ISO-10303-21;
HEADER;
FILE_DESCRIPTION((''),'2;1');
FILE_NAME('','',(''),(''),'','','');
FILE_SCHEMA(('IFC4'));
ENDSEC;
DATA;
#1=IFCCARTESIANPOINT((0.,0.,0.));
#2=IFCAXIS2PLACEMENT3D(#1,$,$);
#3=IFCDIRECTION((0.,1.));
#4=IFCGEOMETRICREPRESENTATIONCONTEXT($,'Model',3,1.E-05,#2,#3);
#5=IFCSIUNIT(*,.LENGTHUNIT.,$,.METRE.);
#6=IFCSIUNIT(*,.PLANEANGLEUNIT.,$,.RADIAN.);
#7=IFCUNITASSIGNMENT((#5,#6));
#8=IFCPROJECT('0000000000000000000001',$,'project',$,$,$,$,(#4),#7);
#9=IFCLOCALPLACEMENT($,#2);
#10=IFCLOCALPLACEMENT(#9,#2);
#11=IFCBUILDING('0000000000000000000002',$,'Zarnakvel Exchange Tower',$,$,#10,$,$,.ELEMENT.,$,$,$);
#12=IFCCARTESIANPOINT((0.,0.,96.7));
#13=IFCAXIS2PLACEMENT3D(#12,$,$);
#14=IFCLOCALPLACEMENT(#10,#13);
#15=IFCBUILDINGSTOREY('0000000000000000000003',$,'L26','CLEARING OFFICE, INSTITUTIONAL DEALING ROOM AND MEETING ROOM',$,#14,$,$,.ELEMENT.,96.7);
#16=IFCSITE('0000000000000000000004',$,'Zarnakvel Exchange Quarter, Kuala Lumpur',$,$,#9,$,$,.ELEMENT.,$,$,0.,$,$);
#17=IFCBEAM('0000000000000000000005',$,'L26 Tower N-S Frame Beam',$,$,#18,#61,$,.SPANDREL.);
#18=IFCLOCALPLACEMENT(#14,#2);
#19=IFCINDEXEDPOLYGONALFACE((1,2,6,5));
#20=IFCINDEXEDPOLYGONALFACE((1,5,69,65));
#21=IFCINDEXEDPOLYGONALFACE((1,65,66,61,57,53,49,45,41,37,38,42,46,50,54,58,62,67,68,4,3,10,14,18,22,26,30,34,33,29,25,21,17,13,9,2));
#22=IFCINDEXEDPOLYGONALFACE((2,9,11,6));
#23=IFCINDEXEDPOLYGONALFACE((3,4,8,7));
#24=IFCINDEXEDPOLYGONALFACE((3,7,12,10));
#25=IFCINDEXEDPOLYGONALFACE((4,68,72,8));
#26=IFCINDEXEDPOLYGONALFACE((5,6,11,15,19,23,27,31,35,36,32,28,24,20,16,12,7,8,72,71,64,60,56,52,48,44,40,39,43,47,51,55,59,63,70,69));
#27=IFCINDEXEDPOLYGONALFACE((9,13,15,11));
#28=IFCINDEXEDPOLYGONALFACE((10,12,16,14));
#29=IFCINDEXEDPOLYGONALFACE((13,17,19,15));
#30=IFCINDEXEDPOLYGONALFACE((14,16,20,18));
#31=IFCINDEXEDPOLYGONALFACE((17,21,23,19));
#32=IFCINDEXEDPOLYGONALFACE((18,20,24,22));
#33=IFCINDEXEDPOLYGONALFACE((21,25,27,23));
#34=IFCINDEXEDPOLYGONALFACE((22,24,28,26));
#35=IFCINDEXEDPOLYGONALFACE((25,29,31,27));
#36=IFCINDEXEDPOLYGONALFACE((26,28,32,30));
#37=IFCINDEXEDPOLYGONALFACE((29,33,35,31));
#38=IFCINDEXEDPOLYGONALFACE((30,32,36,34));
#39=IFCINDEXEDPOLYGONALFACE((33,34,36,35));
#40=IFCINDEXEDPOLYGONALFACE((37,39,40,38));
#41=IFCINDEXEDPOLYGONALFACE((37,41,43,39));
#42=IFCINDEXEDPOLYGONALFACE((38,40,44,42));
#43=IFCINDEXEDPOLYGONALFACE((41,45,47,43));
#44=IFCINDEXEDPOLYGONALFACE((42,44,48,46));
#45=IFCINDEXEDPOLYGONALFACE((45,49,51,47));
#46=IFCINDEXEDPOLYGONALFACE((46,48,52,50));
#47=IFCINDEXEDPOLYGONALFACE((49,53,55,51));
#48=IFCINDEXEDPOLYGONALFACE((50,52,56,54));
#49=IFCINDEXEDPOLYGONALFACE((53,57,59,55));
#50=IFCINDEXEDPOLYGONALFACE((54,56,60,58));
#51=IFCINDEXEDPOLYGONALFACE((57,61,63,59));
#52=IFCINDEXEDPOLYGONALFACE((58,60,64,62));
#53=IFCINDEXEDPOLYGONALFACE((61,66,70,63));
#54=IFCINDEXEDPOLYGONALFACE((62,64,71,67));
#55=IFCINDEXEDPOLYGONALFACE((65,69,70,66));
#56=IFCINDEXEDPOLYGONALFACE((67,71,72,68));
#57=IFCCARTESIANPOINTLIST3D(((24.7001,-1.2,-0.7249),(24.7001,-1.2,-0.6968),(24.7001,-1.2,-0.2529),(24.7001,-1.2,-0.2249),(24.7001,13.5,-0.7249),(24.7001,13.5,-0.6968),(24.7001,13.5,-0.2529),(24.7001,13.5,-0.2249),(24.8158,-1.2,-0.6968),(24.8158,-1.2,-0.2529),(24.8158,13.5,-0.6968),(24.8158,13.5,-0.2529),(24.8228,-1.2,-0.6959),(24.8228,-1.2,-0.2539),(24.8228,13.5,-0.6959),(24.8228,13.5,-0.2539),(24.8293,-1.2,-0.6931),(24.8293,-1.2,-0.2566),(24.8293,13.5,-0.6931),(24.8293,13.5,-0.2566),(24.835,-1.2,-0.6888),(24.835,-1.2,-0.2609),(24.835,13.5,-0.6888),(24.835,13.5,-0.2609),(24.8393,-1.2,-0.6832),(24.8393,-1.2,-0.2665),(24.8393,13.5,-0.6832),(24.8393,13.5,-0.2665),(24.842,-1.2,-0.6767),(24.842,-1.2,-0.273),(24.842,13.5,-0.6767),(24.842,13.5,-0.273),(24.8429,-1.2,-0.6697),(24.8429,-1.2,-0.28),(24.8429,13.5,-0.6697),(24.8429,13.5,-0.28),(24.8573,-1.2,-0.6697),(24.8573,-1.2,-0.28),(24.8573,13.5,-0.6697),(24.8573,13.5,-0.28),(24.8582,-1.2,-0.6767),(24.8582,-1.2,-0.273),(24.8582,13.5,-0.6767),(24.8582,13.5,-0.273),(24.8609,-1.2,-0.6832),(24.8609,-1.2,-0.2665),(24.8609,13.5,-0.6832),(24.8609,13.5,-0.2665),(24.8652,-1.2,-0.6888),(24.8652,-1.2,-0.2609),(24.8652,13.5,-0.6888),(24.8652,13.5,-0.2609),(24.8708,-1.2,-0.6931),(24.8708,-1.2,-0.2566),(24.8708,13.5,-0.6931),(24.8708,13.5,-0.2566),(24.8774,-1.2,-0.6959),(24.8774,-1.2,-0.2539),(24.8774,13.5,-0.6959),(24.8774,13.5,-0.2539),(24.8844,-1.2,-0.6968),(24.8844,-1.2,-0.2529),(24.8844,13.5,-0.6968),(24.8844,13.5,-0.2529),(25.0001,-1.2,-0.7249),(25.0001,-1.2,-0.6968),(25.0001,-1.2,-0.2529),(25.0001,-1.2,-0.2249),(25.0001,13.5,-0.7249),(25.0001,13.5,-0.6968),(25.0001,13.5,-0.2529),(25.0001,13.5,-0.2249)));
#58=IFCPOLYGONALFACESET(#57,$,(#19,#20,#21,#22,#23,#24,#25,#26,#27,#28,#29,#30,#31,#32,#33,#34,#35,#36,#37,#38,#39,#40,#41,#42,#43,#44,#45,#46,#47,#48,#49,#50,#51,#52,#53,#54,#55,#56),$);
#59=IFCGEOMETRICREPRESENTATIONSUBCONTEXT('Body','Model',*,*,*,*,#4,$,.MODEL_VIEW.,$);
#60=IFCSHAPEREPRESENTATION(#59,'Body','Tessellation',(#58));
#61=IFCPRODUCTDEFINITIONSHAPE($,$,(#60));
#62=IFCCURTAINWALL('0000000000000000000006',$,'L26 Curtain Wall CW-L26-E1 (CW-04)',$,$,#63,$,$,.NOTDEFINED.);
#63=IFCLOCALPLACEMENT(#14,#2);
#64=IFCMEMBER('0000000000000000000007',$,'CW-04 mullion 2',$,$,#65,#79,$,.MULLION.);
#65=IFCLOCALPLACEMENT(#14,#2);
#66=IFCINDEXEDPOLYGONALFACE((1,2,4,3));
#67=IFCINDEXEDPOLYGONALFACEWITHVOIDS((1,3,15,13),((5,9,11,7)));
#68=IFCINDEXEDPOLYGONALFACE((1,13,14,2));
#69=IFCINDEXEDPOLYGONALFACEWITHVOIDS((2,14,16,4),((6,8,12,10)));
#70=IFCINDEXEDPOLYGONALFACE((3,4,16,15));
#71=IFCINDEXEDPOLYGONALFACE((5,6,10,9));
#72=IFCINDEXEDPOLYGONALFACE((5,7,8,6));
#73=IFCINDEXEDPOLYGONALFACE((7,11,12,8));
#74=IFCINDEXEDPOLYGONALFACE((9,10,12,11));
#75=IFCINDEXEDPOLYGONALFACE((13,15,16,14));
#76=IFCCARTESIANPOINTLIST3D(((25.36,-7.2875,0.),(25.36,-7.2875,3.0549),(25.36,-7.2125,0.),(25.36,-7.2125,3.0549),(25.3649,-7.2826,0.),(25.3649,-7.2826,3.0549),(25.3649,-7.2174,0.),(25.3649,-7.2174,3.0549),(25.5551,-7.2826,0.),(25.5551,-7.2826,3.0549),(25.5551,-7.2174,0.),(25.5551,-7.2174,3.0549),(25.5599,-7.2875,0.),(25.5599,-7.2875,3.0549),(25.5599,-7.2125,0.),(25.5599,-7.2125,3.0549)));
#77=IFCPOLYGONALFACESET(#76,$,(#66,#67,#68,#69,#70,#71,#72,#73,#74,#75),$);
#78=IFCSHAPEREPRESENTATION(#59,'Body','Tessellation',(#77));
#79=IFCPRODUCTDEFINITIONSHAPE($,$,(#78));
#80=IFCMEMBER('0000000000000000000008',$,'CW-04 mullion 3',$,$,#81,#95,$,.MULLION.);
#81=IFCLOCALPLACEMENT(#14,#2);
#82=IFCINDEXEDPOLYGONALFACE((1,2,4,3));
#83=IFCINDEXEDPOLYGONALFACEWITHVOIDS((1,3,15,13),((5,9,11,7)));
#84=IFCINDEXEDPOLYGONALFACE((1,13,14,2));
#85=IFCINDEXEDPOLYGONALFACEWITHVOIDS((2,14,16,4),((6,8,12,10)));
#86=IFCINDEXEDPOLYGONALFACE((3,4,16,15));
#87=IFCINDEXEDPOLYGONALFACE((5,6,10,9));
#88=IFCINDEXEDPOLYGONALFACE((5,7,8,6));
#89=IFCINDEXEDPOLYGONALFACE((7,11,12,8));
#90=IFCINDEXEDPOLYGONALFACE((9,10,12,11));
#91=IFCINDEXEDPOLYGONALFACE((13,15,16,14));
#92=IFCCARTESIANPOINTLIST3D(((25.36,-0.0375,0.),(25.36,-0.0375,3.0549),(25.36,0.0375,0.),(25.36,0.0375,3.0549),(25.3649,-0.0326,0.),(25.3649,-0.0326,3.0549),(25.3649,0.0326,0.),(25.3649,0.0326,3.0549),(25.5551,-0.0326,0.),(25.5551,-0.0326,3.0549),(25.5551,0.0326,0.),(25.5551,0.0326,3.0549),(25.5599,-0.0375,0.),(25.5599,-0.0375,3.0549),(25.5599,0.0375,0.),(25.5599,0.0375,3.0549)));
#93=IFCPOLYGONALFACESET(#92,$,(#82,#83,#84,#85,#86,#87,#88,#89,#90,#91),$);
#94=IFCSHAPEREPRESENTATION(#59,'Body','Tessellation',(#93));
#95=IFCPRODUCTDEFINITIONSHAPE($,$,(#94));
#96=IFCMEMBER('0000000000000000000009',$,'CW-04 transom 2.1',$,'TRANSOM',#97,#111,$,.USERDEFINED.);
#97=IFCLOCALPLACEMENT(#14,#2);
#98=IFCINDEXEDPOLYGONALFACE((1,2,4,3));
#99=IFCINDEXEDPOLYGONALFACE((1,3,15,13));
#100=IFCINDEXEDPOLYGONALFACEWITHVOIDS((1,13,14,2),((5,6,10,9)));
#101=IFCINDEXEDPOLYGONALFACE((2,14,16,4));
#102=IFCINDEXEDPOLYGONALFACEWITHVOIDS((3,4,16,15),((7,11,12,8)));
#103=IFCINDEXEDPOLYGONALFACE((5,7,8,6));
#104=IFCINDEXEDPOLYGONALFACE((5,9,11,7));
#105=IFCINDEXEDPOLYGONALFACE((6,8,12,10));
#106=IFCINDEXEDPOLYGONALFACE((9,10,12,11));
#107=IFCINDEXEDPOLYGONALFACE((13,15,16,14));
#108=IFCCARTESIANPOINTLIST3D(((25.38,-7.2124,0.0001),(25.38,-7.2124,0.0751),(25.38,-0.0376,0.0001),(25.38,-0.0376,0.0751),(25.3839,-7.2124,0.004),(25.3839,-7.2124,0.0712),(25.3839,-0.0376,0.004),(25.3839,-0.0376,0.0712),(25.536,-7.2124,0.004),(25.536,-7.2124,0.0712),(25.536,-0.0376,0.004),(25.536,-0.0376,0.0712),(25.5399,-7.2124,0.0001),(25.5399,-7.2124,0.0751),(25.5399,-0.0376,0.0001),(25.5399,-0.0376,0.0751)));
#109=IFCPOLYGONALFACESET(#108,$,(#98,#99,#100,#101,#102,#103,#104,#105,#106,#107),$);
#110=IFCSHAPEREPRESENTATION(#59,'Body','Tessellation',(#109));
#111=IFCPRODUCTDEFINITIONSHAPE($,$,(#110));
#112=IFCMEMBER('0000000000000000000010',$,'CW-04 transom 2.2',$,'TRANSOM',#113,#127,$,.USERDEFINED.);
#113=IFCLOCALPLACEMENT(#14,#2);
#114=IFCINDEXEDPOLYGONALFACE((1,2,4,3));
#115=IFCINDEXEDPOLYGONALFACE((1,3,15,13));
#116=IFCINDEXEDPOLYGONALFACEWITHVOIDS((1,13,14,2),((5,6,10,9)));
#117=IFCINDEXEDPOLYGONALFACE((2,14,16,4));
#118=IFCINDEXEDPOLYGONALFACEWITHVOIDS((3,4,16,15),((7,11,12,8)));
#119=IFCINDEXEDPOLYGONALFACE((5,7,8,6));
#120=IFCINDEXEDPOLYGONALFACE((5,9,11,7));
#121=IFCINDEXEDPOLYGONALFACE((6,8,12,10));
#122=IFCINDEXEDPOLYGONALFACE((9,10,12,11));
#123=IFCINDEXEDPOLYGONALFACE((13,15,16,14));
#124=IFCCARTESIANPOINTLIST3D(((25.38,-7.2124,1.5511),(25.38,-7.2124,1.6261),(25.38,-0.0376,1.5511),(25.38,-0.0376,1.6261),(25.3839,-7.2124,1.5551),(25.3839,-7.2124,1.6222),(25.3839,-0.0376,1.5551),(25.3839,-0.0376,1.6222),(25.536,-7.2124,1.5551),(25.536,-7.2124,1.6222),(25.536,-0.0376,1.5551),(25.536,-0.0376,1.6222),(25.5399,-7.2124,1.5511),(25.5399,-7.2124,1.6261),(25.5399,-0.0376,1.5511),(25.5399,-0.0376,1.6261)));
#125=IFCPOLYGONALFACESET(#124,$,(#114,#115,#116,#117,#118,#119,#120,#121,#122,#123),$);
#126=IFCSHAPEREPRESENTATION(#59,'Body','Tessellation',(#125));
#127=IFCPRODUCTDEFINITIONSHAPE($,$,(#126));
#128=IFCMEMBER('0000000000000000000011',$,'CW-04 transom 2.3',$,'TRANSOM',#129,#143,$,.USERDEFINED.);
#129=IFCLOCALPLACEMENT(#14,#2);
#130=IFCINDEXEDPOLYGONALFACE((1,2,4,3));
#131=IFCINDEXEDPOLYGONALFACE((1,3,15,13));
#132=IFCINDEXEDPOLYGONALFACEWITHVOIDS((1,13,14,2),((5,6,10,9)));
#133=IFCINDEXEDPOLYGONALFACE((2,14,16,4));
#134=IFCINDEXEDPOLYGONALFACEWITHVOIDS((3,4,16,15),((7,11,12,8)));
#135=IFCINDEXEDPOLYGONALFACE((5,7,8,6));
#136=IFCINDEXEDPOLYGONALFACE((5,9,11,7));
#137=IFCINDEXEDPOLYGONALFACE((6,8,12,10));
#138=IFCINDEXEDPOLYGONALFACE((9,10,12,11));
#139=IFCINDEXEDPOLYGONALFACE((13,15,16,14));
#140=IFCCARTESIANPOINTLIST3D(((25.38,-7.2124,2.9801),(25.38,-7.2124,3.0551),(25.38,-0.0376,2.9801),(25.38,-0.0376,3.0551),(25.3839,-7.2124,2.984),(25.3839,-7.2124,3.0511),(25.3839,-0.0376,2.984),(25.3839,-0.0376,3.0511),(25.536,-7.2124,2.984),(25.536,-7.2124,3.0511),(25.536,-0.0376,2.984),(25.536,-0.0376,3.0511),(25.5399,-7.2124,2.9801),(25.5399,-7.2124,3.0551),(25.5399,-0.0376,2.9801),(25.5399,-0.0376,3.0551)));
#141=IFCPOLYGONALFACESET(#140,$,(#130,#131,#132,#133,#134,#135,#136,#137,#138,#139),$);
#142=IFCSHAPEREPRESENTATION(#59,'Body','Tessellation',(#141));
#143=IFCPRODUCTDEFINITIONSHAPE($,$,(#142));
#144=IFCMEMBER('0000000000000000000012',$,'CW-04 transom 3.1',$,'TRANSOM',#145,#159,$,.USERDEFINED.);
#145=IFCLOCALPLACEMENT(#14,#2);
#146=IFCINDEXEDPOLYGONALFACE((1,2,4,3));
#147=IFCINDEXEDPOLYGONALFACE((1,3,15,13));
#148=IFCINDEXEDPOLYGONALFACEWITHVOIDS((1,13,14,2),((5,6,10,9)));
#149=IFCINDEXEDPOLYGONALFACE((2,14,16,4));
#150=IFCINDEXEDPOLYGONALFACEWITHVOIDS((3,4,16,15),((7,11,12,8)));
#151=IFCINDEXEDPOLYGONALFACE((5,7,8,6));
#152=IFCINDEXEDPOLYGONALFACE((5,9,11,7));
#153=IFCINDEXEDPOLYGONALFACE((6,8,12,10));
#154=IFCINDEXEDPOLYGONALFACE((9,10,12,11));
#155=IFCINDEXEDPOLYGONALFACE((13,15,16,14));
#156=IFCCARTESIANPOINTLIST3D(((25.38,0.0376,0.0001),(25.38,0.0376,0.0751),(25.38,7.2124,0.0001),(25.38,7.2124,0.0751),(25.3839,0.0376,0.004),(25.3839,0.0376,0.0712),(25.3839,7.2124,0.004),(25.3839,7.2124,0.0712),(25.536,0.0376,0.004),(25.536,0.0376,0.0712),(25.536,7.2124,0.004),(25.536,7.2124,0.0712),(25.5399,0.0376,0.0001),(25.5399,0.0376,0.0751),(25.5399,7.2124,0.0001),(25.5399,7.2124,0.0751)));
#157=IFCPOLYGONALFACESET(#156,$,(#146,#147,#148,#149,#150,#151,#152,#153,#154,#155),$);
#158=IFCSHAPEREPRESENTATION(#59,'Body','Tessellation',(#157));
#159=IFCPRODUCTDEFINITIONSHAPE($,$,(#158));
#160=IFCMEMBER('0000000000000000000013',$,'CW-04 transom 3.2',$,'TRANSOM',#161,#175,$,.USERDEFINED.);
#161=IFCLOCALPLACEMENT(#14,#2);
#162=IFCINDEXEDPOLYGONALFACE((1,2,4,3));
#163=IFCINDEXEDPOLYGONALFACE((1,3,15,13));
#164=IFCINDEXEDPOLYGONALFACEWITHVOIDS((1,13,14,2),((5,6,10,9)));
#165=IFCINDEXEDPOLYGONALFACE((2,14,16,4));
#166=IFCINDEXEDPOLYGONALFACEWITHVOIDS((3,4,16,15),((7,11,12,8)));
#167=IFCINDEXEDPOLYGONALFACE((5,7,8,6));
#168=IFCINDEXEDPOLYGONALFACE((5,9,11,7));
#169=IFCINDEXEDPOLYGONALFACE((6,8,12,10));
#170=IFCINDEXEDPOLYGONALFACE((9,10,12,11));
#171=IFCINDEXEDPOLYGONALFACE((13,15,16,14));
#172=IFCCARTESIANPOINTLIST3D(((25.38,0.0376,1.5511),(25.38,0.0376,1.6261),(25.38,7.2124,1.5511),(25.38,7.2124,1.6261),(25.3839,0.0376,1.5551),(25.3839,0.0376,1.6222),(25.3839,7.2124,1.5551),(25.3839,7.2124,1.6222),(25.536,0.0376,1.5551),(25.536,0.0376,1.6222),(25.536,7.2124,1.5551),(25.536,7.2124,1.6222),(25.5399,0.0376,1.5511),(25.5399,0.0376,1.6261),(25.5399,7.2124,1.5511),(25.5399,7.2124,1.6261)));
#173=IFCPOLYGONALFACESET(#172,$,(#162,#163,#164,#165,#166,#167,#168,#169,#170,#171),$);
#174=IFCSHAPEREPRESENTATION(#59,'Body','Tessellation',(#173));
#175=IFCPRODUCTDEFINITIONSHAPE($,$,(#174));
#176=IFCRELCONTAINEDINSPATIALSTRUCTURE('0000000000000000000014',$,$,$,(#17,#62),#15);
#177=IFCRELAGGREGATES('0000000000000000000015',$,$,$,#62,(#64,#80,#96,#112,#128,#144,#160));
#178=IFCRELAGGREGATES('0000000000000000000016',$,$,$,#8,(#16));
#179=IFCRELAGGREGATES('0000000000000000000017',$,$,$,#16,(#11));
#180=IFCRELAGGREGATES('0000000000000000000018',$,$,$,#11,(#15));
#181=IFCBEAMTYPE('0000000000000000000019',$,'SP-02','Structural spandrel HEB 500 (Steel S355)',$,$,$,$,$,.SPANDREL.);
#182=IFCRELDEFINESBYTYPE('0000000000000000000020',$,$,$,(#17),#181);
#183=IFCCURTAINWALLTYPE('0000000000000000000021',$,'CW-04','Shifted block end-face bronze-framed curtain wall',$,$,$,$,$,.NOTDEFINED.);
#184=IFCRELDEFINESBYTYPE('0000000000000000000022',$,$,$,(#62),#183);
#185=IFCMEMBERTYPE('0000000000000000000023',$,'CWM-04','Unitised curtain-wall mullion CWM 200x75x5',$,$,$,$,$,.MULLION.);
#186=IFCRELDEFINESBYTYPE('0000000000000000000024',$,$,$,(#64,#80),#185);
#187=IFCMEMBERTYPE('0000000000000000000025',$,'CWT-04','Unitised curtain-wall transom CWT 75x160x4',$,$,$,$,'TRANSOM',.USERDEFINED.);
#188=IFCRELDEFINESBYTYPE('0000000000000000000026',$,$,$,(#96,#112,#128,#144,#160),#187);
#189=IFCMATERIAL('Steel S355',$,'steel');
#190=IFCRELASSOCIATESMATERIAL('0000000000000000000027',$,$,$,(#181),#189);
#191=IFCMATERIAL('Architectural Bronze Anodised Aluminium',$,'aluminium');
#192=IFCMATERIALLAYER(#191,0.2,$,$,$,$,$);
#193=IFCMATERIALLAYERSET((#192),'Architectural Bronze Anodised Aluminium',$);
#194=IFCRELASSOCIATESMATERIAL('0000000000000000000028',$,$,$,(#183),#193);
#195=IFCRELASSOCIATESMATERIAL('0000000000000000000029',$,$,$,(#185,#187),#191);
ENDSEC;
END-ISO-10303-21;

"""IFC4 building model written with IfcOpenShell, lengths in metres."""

from ifc_helpers import new_model, si_unit, direction, frame, origin, origin_2d, place, context, subcontext, project, spatial, hollow_rectangle, i_section, extrude, source, transform, mapped, material, layer, layer_set, material_profile, profile_set, type_object, element, aggregate, save


model = new_model("IFC4")

# Units and contexts
model_context = context("Model", 3, precision=1e-05, world=origin(), true_north=direction((0.0, 1.0)))
body_context = subcontext(model_context, "Body", "Model", "MODEL_VIEW")
ifc_project = project(units=[si_unit("LENGTHUNIT", "METRE"), si_unit("PLANEANGLEUNIT", "RADIAN")], contexts=[model_context])

# Site, building, storey
site_placement = place(None, origin())
site = spatial("IfcSite", under=ifc_project, at=site_placement, Name="Zarnakvel Exchange Quarter, Kuala Lumpur", CompositionType="ELEMENT", RefElevation=0.0)
building_placement = place(site_placement, origin())
building = spatial("IfcBuilding", under=site, at=building_placement, Name="Zarnakvel Exchange Tower", CompositionType="ELEMENT")
storey_placement = place(building_placement, frame((0.0, 0.0, 96.7)))
storey = spatial("IfcBuildingStorey", under=building, at=storey_placement, Name="L26", Description="CLEARING OFFICE, INSTITUTIONAL DEALING ROOM AND MEETING ROOM", CompositionType="ELEMENT", Elevation=96.7)

# Shared definitions
ifc_material_1 = material(Name="Steel S355", Category="steel")

# Beam
ifc_material_profile_1 = material_profile(ifc_material_1, i_section(OverallWidth=0.3, OverallDepth=0.5, WebThickness=0.0144, FlangeThickness=0.0281, FilletRadius=0.0271, at=origin_2d()))
ifc_profile_set_1 = profile_set([ifc_material_profile_1], Name="Steel S355")
beam_type_1 = type_object("IfcBeamType", Name="SP-02", Description="Structural spandrel HEB 500 (Steel S355)", PredefinedType="SPANDREL", material=ifc_profile_set_1)
beam_1_placement = place(storey_placement, frame((24.8501, -1.2, -0.4749), z_axis=(0.0, 1.0, 0.0), x_axis=(-1.0, 0.0, 0.0)))
element("IfcBeam", 1, at=beam_1_placement, inside=storey, type_object=beam_type_1, Name="L26 Tower N-S Frame Beam", PredefinedType="SPANDREL", context=body_context, shape_type="SweptSolid", body=[
    extrude(i_section(OverallWidth=0.3, OverallDepth=0.5, WebThickness=0.0144, FlangeThickness=0.0281, FilletRadius=0.0271, at=origin_2d()), origin(), (0.0, 0.0, 1.0), 14.7),
])

# Curtain wall, members
ifc_material_2 = material(Name="Architectural Bronze Anodised Aluminium", Category="aluminium")
ifc_layer_1 = layer(ifc_material_2, 0.2)
ifc_layer_set_1 = layer_set([ifc_layer_1], Name="Architectural Bronze Anodised Aluminium")
curtain_wall_type = type_object("IfcCurtainWallType", Name="CW-04", Description="Shifted block end-face bronze-framed curtain wall", PredefinedType="NOTDEFINED", material=ifc_layer_set_1)
curtain_wall_placement = place(storey_placement, origin())
curtain_wall = element("IfcCurtainWall", 2, at=curtain_wall_placement, inside=storey, type_object=curtain_wall_type, Name="L26 Curtain Wall CW-L26-E1 (CW-04)", PredefinedType="NOTDEFINED")
ifc_material_profile_2 = material_profile(ifc_material_2, hollow_rectangle(XDim=0.2, YDim=0.075, WallThickness=0.0049, at=origin_2d()))
ifc_profile_set_2 = profile_set([ifc_material_profile_2], Name="Architectural Bronze Anodised Aluminium")
member_type_1 = type_object("IfcMemberType", Name="CWM-04", Description="Unitised curtain-wall mullion CWM 200x75x5", PredefinedType="MULLION", material=ifc_profile_set_2)
shared_shape_1 = source(origin(), body_context, "Body", "SweptSolid", [
    extrude(hollow_rectangle(XDim=0.2, YDim=0.075, WallThickness=0.0049, at=origin_2d()), origin(), (0.0, 0.0, 1.0), 3.0549),
])
member_1_placement = place(storey_placement, frame((25.46, -7.25, 0.0), z_axis=(0.0, 0.0, 1.0), x_axis=(-1.0, 0.0, 0.0)))
member_1 = element("IfcMember", 3, at=member_1_placement, type_object=member_type_1, Name="CW-04 mullion 2", PredefinedType="MULLION", context=body_context, shape_type="MappedRepresentation", body=[
    mapped(shared_shape_1, transform((0.0, 0.0, 0.0), x_axis=(1.0, 0.0, 0.0), y_axis=(0.0, 1.0, 0.0), z_axis=(0.0, 0.0, 1.0), scale=1.0)),
])
member_2_placement = place(storey_placement, frame((25.46, 0.0, 0.0), z_axis=(0.0, 0.0, 1.0), x_axis=(-1.0, 0.0, 0.0)))
member_2 = element("IfcMember", 4, at=member_2_placement, type_object=member_type_1, Name="CW-04 mullion 3", PredefinedType="MULLION", context=body_context, shape_type="MappedRepresentation", body=[
    mapped(shared_shape_1, transform((0.0, 0.0, 0.0), x_axis=(1.0, 0.0, 0.0), y_axis=(0.0, 1.0, 0.0), z_axis=(0.0, 0.0, 1.0), scale=1.0)),
])
ifc_material_profile_3 = material_profile(ifc_material_2, hollow_rectangle(XDim=0.1599, YDim=0.075, WallThickness=0.0039, at=origin_2d()))
ifc_profile_set_3 = profile_set([ifc_material_profile_3], Name="Architectural Bronze Anodised Aluminium")
member_type_2 = type_object("IfcMemberType", Name="CWT-04", Description="Unitised curtain-wall transom CWT 75x160x4", ElementType="TRANSOM", PredefinedType="USERDEFINED", material=ifc_profile_set_3)
shared_shape_2 = source(origin(), body_context, "Body", "SweptSolid", [
    extrude(hollow_rectangle(XDim=0.1599, YDim=0.075, WallThickness=0.0039, at=origin_2d()), origin(), (0.0, 0.0, 1.0), 7.1748),
])
member_3_placement = place(storey_placement, frame((25.46, -7.2124, 0.0376), z_axis=(0.0, 1.0, 0.0), x_axis=(-1.0, 0.0, 0.0)))
member_3 = element("IfcMember", 5, at=member_3_placement, type_object=member_type_2, Name="CW-04 transom 2.1", ObjectType="TRANSOM", PredefinedType="USERDEFINED", context=body_context, shape_type="MappedRepresentation", body=[
    mapped(shared_shape_2, transform((0.0, 0.0, 0.0), x_axis=(1.0, 0.0, 0.0), y_axis=(0.0, 1.0, 0.0), z_axis=(0.0, 0.0, 1.0), scale=1.0)),
])
member_4_placement = place(storey_placement, frame((25.46, -7.2124, 1.5886), z_axis=(0.0, 1.0, 0.0), x_axis=(-1.0, 0.0, 0.0)))
member_4 = element("IfcMember", 6, at=member_4_placement, type_object=member_type_2, Name="CW-04 transom 2.2", ObjectType="TRANSOM", PredefinedType="USERDEFINED", context=body_context, shape_type="MappedRepresentation", body=[
    mapped(shared_shape_2, transform((0.0, 0.0, 0.0), x_axis=(1.0, 0.0, 0.0), y_axis=(0.0, 1.0, 0.0), z_axis=(0.0, 0.0, 1.0), scale=1.0)),
])
member_5_placement = place(storey_placement, frame((25.46, -7.2124, 3.0176), z_axis=(0.0, 1.0, 0.0), x_axis=(-1.0, 0.0, 0.0)))
member_5 = element("IfcMember", 7, at=member_5_placement, type_object=member_type_2, Name="CW-04 transom 2.3", ObjectType="TRANSOM", PredefinedType="USERDEFINED", context=body_context, shape_type="MappedRepresentation", body=[
    mapped(shared_shape_2, transform((0.0, 0.0, 0.0), x_axis=(1.0, 0.0, 0.0), y_axis=(0.0, 1.0, 0.0), z_axis=(0.0, 0.0, 1.0), scale=1.0)),
])
member_6_placement = place(storey_placement, frame((25.46, 0.0376, 0.0376), z_axis=(0.0, 1.0, 0.0), x_axis=(-1.0, 0.0, 0.0)))
member_6 = element("IfcMember", 8, at=member_6_placement, type_object=member_type_2, Name="CW-04 transom 3.1", ObjectType="TRANSOM", PredefinedType="USERDEFINED", context=body_context, shape_type="MappedRepresentation", body=[
    mapped(shared_shape_2, transform((0.0, 0.0, 0.0), x_axis=(1.0, 0.0, 0.0), y_axis=(0.0, 1.0, 0.0), z_axis=(0.0, 0.0, 1.0), scale=1.0)),
])
member_7_placement = place(storey_placement, frame((25.46, 0.0376, 1.5886), z_axis=(0.0, 1.0, 0.0), x_axis=(-1.0, 0.0, 0.0)))
member_7 = element("IfcMember", 9, at=member_7_placement, type_object=member_type_2, Name="CW-04 transom 3.2", ObjectType="TRANSOM", PredefinedType="USERDEFINED", context=body_context, shape_type="MappedRepresentation", body=[
    mapped(shared_shape_2, transform((0.0, 0.0, 0.0), x_axis=(1.0, 0.0, 0.0), y_axis=(0.0, 1.0, 0.0), z_axis=(0.0, 0.0, 1.0), scale=1.0)),
])
aggregate(curtain_wall, [member_1, member_2, member_3, member_4, member_5, member_6, member_7])

save(model, "model.ifc")
